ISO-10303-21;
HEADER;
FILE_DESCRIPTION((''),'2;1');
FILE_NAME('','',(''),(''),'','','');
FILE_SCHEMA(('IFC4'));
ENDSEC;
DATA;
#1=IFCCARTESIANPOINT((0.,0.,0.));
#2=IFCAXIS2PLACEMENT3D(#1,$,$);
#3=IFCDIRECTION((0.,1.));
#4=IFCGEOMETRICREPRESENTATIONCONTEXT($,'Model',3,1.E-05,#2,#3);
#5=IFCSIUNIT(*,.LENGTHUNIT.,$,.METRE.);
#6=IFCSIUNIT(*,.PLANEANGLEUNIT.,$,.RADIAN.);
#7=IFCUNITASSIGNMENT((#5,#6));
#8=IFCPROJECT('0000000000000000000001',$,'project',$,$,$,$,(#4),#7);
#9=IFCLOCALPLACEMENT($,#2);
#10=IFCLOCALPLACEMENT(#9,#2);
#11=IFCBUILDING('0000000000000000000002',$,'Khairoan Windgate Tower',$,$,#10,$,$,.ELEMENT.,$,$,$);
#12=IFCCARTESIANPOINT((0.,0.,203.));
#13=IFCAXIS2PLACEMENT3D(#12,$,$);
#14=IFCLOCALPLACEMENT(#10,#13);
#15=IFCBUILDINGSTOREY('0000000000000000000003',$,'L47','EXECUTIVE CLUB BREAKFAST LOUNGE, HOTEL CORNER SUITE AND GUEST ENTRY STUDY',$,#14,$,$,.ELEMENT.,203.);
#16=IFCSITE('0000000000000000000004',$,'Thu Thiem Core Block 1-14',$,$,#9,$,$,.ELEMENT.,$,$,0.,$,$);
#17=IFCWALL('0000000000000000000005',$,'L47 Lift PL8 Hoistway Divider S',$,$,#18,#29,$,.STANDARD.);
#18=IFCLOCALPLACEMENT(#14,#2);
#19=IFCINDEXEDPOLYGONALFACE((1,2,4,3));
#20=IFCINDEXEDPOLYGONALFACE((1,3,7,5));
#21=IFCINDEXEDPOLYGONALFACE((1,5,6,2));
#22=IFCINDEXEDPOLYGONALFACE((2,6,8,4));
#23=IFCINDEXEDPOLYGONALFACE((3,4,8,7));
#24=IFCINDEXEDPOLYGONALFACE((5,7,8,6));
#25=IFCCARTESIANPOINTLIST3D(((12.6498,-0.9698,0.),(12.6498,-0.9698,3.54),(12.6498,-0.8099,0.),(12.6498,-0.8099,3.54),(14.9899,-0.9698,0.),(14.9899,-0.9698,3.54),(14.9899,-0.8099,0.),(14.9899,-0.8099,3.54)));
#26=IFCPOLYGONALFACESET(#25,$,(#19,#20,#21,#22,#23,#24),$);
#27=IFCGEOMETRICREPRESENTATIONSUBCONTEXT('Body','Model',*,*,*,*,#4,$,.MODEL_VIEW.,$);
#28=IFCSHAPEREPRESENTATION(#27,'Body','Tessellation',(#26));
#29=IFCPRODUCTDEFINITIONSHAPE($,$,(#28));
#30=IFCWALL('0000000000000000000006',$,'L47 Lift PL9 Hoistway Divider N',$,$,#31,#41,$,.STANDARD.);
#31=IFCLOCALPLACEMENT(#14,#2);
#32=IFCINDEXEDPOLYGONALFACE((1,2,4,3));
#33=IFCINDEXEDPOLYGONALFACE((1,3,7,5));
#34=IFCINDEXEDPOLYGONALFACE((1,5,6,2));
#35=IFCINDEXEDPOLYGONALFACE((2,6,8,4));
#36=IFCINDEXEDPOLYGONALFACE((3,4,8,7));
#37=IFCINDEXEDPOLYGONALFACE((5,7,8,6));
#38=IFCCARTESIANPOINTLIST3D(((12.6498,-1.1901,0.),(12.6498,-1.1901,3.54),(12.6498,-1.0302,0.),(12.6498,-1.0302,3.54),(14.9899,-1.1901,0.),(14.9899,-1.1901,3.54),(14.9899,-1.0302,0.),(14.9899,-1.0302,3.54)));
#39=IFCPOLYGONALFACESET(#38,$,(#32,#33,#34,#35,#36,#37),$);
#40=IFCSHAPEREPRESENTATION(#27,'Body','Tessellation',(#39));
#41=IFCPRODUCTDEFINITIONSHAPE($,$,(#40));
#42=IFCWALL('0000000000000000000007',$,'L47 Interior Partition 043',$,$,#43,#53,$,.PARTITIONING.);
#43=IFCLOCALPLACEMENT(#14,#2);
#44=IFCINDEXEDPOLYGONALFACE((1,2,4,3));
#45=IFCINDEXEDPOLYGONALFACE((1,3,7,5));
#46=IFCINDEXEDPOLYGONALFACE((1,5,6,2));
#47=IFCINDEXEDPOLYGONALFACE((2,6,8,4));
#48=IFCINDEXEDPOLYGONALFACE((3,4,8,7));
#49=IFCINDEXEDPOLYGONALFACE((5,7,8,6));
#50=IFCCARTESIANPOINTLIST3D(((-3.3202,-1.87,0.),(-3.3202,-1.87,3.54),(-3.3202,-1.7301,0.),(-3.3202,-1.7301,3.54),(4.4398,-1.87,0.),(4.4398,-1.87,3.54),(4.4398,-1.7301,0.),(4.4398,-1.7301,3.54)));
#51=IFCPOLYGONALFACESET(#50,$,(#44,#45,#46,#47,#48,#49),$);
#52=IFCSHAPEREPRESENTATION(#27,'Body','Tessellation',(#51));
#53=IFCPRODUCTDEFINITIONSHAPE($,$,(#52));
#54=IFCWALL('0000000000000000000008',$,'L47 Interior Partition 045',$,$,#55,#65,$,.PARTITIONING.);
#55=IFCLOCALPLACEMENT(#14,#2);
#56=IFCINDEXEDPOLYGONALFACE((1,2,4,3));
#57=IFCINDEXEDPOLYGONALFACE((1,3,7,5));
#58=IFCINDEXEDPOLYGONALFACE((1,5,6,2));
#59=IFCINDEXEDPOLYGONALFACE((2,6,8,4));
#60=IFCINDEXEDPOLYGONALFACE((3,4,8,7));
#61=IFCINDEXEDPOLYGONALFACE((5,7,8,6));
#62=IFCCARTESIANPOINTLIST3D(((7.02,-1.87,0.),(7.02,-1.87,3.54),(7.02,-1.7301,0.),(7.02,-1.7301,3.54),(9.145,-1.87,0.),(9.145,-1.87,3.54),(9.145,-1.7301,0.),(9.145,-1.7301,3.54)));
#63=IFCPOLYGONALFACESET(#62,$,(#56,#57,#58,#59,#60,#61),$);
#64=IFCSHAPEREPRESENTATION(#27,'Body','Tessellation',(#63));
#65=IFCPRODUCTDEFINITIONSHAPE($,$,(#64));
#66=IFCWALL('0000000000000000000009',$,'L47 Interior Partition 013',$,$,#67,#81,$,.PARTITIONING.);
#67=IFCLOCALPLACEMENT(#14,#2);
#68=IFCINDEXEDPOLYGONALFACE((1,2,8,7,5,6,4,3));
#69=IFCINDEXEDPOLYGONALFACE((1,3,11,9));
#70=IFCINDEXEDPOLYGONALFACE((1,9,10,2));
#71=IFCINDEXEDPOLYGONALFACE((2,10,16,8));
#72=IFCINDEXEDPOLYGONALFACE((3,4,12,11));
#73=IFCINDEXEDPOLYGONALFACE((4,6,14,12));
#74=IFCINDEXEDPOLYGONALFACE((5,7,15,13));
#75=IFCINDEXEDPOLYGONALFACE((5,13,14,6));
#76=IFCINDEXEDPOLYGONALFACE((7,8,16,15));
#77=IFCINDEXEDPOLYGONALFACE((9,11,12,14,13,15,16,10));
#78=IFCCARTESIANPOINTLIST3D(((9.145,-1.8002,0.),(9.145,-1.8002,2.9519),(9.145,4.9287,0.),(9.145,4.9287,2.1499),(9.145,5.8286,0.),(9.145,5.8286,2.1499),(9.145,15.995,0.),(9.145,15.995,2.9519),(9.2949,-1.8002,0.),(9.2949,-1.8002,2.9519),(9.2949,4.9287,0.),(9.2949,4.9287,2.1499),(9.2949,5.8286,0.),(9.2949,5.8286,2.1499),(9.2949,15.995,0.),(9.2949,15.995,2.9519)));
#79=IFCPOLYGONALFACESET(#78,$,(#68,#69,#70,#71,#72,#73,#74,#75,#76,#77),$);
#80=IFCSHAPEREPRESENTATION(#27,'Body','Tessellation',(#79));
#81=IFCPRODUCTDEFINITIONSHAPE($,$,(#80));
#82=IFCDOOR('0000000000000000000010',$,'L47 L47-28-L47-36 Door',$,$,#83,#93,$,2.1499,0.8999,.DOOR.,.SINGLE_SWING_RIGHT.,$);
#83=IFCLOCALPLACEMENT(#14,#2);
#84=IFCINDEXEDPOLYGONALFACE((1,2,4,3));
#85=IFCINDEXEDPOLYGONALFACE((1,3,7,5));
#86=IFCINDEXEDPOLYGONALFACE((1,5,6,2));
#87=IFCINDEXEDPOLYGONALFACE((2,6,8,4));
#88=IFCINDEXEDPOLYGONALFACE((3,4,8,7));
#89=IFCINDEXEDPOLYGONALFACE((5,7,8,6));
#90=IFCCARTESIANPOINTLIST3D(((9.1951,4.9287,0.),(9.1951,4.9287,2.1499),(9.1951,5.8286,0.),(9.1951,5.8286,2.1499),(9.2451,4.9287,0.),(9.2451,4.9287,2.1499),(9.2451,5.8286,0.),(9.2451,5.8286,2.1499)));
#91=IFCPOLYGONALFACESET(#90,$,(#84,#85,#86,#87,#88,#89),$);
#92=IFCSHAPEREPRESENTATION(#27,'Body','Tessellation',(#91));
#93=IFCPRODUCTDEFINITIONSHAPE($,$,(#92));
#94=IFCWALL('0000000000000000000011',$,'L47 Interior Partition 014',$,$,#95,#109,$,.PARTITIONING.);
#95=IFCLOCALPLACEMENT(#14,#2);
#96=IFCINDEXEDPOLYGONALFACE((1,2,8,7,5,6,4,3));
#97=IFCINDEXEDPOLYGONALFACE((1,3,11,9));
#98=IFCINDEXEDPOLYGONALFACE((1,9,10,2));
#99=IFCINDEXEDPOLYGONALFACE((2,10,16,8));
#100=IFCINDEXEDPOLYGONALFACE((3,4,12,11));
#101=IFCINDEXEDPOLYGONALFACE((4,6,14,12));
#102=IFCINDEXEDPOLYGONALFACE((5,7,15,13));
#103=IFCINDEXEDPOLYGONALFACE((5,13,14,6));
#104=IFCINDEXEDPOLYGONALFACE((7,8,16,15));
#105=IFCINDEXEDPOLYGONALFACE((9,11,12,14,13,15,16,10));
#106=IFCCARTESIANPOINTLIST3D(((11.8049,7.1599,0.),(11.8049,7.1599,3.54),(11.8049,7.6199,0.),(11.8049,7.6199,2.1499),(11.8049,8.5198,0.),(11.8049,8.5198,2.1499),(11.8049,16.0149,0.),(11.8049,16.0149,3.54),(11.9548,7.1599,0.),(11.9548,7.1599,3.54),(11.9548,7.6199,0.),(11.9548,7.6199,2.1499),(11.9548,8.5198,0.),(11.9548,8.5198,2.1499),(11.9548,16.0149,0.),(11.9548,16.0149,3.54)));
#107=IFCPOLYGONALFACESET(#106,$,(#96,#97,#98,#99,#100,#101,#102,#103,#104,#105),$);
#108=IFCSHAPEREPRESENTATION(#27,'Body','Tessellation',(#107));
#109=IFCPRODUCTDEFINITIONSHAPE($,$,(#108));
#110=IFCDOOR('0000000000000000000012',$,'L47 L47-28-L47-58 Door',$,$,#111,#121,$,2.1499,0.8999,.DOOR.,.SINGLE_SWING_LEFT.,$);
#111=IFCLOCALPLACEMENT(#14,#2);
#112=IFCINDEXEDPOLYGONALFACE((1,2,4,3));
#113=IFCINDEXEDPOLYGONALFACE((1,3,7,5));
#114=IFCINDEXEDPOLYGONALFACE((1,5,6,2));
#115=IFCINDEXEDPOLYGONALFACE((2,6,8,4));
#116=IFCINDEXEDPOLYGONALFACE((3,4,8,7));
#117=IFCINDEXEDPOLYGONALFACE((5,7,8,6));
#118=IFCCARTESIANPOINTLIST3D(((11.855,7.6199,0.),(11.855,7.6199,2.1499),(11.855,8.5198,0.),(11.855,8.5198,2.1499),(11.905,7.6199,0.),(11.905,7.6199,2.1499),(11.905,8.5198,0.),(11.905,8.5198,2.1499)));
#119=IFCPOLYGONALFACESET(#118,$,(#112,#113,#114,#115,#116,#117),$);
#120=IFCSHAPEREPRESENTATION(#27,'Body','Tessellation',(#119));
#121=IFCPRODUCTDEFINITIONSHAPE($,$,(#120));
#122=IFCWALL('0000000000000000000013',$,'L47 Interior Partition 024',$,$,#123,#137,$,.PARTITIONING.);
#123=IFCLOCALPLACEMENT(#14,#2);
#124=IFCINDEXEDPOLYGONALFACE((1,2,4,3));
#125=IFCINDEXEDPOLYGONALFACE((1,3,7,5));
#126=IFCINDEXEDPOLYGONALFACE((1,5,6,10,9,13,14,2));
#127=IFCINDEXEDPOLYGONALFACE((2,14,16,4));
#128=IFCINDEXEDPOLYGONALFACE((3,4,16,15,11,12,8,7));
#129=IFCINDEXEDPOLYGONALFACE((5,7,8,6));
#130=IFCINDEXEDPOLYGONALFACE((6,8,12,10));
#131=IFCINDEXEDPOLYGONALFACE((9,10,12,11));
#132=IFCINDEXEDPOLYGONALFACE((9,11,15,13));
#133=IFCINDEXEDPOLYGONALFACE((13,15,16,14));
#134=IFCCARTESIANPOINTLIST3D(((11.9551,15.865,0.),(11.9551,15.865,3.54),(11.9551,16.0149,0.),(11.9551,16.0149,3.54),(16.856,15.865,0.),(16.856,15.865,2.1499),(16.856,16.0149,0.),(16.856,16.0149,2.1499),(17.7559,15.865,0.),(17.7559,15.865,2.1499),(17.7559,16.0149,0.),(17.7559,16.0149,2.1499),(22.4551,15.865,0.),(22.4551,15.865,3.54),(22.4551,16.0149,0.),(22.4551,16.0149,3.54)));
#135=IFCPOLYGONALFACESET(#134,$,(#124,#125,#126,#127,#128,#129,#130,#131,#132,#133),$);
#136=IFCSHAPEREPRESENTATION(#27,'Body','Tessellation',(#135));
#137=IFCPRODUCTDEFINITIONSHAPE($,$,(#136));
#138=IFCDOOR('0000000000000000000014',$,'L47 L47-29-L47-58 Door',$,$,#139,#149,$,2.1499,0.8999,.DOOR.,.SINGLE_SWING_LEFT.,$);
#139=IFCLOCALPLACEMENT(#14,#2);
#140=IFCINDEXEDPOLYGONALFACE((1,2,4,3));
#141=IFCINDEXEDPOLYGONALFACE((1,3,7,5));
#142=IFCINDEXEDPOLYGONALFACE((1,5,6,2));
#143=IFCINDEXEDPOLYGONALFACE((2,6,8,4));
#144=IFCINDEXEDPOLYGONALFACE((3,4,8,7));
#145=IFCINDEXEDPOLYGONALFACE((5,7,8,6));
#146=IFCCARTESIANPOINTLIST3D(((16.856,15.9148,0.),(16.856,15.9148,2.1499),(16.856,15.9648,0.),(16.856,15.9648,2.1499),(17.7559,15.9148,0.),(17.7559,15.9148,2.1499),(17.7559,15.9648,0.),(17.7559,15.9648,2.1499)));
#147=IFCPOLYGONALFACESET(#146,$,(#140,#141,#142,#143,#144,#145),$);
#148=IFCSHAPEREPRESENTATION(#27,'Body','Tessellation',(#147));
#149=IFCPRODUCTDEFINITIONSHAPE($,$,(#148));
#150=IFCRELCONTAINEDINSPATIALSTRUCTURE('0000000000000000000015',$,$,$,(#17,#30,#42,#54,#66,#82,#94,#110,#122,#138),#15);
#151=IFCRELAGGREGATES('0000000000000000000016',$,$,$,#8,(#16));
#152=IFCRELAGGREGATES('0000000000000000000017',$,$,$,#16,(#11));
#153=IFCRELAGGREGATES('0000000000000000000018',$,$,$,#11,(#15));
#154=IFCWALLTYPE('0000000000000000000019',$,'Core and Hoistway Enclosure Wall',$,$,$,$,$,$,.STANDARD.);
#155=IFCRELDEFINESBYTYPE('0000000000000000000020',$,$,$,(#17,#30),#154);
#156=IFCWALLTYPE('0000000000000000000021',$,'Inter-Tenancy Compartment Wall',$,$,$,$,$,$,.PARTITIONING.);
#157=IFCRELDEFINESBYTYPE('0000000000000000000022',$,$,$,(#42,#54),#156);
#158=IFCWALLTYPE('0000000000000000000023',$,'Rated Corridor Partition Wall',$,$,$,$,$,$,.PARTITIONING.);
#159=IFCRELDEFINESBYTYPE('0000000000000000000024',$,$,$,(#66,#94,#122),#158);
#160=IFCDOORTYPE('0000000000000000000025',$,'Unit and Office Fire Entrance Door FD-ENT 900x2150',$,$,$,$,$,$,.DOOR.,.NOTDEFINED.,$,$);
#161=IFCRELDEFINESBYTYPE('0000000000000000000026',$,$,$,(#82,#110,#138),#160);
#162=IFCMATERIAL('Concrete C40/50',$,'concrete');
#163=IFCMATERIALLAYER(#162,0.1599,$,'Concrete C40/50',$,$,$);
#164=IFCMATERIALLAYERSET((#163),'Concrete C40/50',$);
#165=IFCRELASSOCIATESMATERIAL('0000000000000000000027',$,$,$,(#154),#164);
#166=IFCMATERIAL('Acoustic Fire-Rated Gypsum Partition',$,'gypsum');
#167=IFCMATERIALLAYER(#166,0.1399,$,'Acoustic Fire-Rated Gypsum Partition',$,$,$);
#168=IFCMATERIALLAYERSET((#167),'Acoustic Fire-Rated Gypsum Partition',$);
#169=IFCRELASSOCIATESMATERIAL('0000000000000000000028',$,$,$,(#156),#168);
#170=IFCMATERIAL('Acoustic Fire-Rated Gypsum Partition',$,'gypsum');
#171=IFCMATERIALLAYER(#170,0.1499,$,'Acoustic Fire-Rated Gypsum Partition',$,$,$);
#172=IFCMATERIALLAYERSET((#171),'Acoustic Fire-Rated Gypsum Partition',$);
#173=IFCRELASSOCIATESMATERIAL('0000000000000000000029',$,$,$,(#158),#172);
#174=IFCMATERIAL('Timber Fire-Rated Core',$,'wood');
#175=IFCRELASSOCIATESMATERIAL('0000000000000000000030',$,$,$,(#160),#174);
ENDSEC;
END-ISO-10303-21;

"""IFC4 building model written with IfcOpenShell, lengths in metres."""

from ifc_helpers import new_model, si_unit, direction, frame, frame_2d, origin, place, context, subcontext, project, spatial, rectangle, extrude, material, layer, layer_set, type_object, element, fill, save


model = new_model("IFC4")

# Units and contexts
model_context = context("Model", 3, precision=1e-05, world=origin(), true_north=direction((0.0, 1.0)))
body_context = subcontext(model_context, "Body", "Model", "MODEL_VIEW")
ifc_project = project(units=[si_unit("LENGTHUNIT", "METRE"), si_unit("PLANEANGLEUNIT", "RADIAN")], contexts=[model_context])

# Site, building, storey
site_placement = place(None, origin())
site = spatial("IfcSite", under=ifc_project, at=site_placement, Name="Thu Thiem Core Block 1-14", CompositionType="ELEMENT", RefElevation=0.0)
building_placement = place(site_placement, origin())
building = spatial("IfcBuilding", under=site, at=building_placement, Name="Khairoan Windgate Tower", CompositionType="ELEMENT")
storey_placement = place(building_placement, frame((0.0, 0.0, 203.0)))
storey = spatial("IfcBuildingStorey", under=building, at=storey_placement, Name="L47", Description="EXECUTIVE CLUB BREAKFAST LOUNGE, HOTEL CORNER SUITE AND GUEST ENTRY STUDY", CompositionType="ELEMENT", Elevation=203.0)

# Walls
ifc_material_1 = material(Name="Concrete C40/50", Category="concrete")
ifc_layer_1 = layer(ifc_material_1, 0.1599, Name="Concrete C40/50")
ifc_layer_set_1 = layer_set([ifc_layer_1], Name="Concrete C40/50")
wall_type_1 = type_object("IfcWallType", Name="Core and Hoistway Enclosure Wall", PredefinedType="STANDARD", material=ifc_layer_set_1)
for number, where, z_axis, x_axis, name in (
    (1, (12.6499, -0.8899, 0.0), (0.0, 0.0, 1.0), (1.0, 0.0, 0.0), "L47 Lift PL8 Hoistway Divider S"),
    (2, (12.6499, -1.1101, 0.0), (0.0, 0.0, 1.0), (1.0, 0.0, 0.0), "L47 Lift PL9 Hoistway Divider N"),
):
    element("IfcWall", number, at=place(storey_placement, frame(where, z_axis=z_axis, x_axis=x_axis)), inside=storey, type_object=wall_type_1, Name=name, PredefinedType="STANDARD", context=body_context, shape_type="SweptSolid", body=[
        extrude(rectangle(XDim=2.3401, YDim=0.1599, at=frame_2d((1.1699, 0.0))), origin(), (0.0, 0.0, 1.0), 3.54),
    ])
ifc_material_2 = material(Name="Acoustic Fire-Rated Gypsum Partition", Category="gypsum")
ifc_layer_2 = layer(ifc_material_2, 0.1399, Name="Acoustic Fire-Rated Gypsum Partition")
ifc_layer_set_2 = layer_set([ifc_layer_2], Name="Acoustic Fire-Rated Gypsum Partition")
wall_type_2 = type_object("IfcWallType", Name="Inter-Tenancy Compartment Wall", PredefinedType="PARTITIONING", material=ifc_layer_set_2)
wall_1_placement = place(storey_placement, frame((-3.3201, -1.8, 0.0), z_axis=(0.0, 0.0, 1.0), x_axis=(1.0, 0.0, 0.0)))
element("IfcWall", 3, at=wall_1_placement, inside=storey, type_object=wall_type_2, Name="L47 Interior Partition 043", PredefinedType="PARTITIONING", context=body_context, shape_type="SweptSolid", body=[
    extrude(rectangle(XDim=7.76, YDim=0.1399, at=frame_2d((3.8799, 0.0))), origin(), (0.0, 0.0, 1.0), 3.54),
])
wall_2_placement = place(storey_placement, frame((7.02, -1.8, 0.0), z_axis=(0.0, 0.0, 1.0), x_axis=(1.0, 0.0, 0.0)))
element("IfcWall", 4, at=wall_2_placement, inside=storey, type_object=wall_type_2, Name="L47 Interior Partition 045", PredefinedType="PARTITIONING", context=body_context, shape_type="SweptSolid", body=[
    extrude(rectangle(XDim=2.125, YDim=0.1399, at=frame_2d((1.0625, 0.0))), origin(), (0.0, 0.0, 1.0), 3.54),
])

# Walls, openings, doors
ifc_material_3 = material(Name="Acoustic Fire-Rated Gypsum Partition", Category="gypsum")
ifc_layer_3 = layer(ifc_material_3, 0.1499, Name="Acoustic Fire-Rated Gypsum Partition")
ifc_layer_set_3 = layer_set([ifc_layer_3], Name="Acoustic Fire-Rated Gypsum Partition")
wall_type_3 = type_object("IfcWallType", Name="Rated Corridor Partition Wall", PredefinedType="PARTITIONING", material=ifc_layer_set_3)
wall_3_placement = place(storey_placement, frame((9.22, -1.8, 0.0), z_axis=(0.0, 0.0, 1.0), x_axis=(0.0, 1.0, 0.0)))
wall_3 = element("IfcWall", 5, at=wall_3_placement, inside=storey, type_object=wall_type_3, Name="L47 Interior Partition 013", PredefinedType="PARTITIONING", context=body_context, shape_type="SweptSolid", body=[
    extrude(rectangle(XDim=17.7952, YDim=0.1499, at=frame_2d((8.8975, 0.0))), origin(), (0.0, 0.0, 1.0), 2.9519),
])
opening_1_placement = place(wall_3_placement, frame((6.7288, 0.0, 0.0)))
opening_1 = element("IfcOpeningElement", 6, at=opening_1_placement, cuts=wall_3, PredefinedType="OPENING", context=body_context, shape_type="SweptSolid", body=[
    extrude(rectangle(XDim=0.8999, YDim=2.1499, at=frame_2d((0.45, 1.075))), frame((0.0, 0.085, 0.0), z_axis=(0.0, -1.0, 0.0), x_axis=(1.0, 0.0, 0.0)), (0.0, 0.0, 1.0), 0.1699),
])
ifc_material_4 = material(Name="Timber Fire-Rated Core", Category="wood")
door_type = type_object("IfcDoorType", Name="Unit and Office Fire Entrance Door FD-ENT 900x2150", OperationType="NOTDEFINED", PredefinedType="DOOR", material=ifc_material_4)
door_1_placement = place(opening_1_placement, origin())
door_1 = element("IfcDoor", 7, at=door_1_placement, inside=storey, type_object=door_type, Name="L47 L47-28-L47-36 Door", OperationType="SINGLE_SWING_RIGHT", OverallHeight=2.1499, OverallWidth=0.8999, PredefinedType="DOOR", context=body_context, shape_type="SweptSolid", body=[
    extrude(rectangle(XDim=0.8999, YDim=2.1499, at=frame_2d((0.45, 1.075))), frame((0.0, 0.0249, 0.0), z_axis=(0.0, -1.0, 0.0), x_axis=(1.0, 0.0, 0.0)), (0.0, 0.0, 1.0), 0.05),
])
fill(opening_1, door_1)
wall_4_placement = place(storey_placement, frame((11.8799, 7.1599, 0.0), z_axis=(0.0, 0.0, 1.0), x_axis=(0.0, 1.0, 0.0)))
wall_4 = element("IfcWall", 8, at=wall_4_placement, inside=storey, type_object=wall_type_3, Name="L47 Interior Partition 014", PredefinedType="PARTITIONING", context=body_context, shape_type="SweptSolid", body=[
    extrude(rectangle(XDim=8.855, YDim=0.1499, at=frame_2d((4.4275, 0.0))), origin(), (0.0, 0.0, 1.0), 3.54),
])
opening_2_placement = place(wall_4_placement, frame((0.46, 0.0, 0.0)))
opening_2 = element("IfcOpeningElement", 9, at=opening_2_placement, cuts=wall_4, PredefinedType="OPENING", context=body_context, shape_type="SweptSolid", body=[
    extrude(rectangle(XDim=0.8999, YDim=2.1499, at=frame_2d((0.45, 1.075))), frame((0.0, 0.085, 0.0), z_axis=(0.0, -1.0, 0.0), x_axis=(1.0, 0.0, 0.0)), (0.0, 0.0, 1.0), 0.1699),
])
door_2_placement = place(opening_2_placement, origin())
door_2 = element("IfcDoor", 10, at=door_2_placement, inside=storey, type_object=door_type, Name="L47 L47-28-L47-58 Door", OperationType="SINGLE_SWING_LEFT", OverallHeight=2.1499, OverallWidth=0.8999, PredefinedType="DOOR", context=body_context, shape_type="SweptSolid", body=[
    extrude(rectangle(XDim=0.8999, YDim=2.1499, at=frame_2d((0.45, 1.075))), frame((0.0, 0.0249, 0.0), z_axis=(0.0, -1.0, 0.0), x_axis=(1.0, 0.0, 0.0)), (0.0, 0.0, 1.0), 0.05),
])
fill(opening_2, door_2)
wall_5_placement = place(storey_placement, frame((11.9551, 15.9399, 0.0), z_axis=(0.0, 0.0, 1.0), x_axis=(1.0, 0.0, 0.0)))
wall_5 = element("IfcWall", 11, at=wall_5_placement, inside=storey, type_object=wall_type_3, Name="L47 Interior Partition 024", PredefinedType="PARTITIONING", context=body_context, shape_type="SweptSolid", body=[
    extrude(rectangle(XDim=10.5, YDim=0.1499, at=frame_2d((5.25, 0.0))), origin(), (0.0, 0.0, 1.0), 3.54),
])
opening_3_placement = place(wall_5_placement, frame((4.9009, 0.0, 0.0)))
opening_3 = element("IfcOpeningElement", 12, at=opening_3_placement, cuts=wall_5, PredefinedType="OPENING", context=body_context, shape_type="SweptSolid", body=[
    extrude(rectangle(XDim=0.8999, YDim=2.1499, at=frame_2d((0.45, 1.075))), frame((0.0, 0.085, 0.0), z_axis=(0.0, -1.0, 0.0), x_axis=(1.0, 0.0, 0.0)), (0.0, 0.0, 1.0), 0.1699),
])
door_3_placement = place(opening_3_placement, origin())
door_3 = element("IfcDoor", 13, at=door_3_placement, inside=storey, type_object=door_type, Name="L47 L47-29-L47-58 Door", OperationType="SINGLE_SWING_LEFT", OverallHeight=2.1499, OverallWidth=0.8999, PredefinedType="DOOR", context=body_context, shape_type="SweptSolid", body=[
    extrude(rectangle(XDim=0.8999, YDim=2.1499, at=frame_2d((0.45, 1.075))), frame((0.0, 0.0249, 0.0), z_axis=(0.0, -1.0, 0.0), x_axis=(1.0, 0.0, 0.0)), (0.0, 0.0, 1.0), 0.05),
])
fill(opening_3, door_3)

save(model, "model.ifc")
